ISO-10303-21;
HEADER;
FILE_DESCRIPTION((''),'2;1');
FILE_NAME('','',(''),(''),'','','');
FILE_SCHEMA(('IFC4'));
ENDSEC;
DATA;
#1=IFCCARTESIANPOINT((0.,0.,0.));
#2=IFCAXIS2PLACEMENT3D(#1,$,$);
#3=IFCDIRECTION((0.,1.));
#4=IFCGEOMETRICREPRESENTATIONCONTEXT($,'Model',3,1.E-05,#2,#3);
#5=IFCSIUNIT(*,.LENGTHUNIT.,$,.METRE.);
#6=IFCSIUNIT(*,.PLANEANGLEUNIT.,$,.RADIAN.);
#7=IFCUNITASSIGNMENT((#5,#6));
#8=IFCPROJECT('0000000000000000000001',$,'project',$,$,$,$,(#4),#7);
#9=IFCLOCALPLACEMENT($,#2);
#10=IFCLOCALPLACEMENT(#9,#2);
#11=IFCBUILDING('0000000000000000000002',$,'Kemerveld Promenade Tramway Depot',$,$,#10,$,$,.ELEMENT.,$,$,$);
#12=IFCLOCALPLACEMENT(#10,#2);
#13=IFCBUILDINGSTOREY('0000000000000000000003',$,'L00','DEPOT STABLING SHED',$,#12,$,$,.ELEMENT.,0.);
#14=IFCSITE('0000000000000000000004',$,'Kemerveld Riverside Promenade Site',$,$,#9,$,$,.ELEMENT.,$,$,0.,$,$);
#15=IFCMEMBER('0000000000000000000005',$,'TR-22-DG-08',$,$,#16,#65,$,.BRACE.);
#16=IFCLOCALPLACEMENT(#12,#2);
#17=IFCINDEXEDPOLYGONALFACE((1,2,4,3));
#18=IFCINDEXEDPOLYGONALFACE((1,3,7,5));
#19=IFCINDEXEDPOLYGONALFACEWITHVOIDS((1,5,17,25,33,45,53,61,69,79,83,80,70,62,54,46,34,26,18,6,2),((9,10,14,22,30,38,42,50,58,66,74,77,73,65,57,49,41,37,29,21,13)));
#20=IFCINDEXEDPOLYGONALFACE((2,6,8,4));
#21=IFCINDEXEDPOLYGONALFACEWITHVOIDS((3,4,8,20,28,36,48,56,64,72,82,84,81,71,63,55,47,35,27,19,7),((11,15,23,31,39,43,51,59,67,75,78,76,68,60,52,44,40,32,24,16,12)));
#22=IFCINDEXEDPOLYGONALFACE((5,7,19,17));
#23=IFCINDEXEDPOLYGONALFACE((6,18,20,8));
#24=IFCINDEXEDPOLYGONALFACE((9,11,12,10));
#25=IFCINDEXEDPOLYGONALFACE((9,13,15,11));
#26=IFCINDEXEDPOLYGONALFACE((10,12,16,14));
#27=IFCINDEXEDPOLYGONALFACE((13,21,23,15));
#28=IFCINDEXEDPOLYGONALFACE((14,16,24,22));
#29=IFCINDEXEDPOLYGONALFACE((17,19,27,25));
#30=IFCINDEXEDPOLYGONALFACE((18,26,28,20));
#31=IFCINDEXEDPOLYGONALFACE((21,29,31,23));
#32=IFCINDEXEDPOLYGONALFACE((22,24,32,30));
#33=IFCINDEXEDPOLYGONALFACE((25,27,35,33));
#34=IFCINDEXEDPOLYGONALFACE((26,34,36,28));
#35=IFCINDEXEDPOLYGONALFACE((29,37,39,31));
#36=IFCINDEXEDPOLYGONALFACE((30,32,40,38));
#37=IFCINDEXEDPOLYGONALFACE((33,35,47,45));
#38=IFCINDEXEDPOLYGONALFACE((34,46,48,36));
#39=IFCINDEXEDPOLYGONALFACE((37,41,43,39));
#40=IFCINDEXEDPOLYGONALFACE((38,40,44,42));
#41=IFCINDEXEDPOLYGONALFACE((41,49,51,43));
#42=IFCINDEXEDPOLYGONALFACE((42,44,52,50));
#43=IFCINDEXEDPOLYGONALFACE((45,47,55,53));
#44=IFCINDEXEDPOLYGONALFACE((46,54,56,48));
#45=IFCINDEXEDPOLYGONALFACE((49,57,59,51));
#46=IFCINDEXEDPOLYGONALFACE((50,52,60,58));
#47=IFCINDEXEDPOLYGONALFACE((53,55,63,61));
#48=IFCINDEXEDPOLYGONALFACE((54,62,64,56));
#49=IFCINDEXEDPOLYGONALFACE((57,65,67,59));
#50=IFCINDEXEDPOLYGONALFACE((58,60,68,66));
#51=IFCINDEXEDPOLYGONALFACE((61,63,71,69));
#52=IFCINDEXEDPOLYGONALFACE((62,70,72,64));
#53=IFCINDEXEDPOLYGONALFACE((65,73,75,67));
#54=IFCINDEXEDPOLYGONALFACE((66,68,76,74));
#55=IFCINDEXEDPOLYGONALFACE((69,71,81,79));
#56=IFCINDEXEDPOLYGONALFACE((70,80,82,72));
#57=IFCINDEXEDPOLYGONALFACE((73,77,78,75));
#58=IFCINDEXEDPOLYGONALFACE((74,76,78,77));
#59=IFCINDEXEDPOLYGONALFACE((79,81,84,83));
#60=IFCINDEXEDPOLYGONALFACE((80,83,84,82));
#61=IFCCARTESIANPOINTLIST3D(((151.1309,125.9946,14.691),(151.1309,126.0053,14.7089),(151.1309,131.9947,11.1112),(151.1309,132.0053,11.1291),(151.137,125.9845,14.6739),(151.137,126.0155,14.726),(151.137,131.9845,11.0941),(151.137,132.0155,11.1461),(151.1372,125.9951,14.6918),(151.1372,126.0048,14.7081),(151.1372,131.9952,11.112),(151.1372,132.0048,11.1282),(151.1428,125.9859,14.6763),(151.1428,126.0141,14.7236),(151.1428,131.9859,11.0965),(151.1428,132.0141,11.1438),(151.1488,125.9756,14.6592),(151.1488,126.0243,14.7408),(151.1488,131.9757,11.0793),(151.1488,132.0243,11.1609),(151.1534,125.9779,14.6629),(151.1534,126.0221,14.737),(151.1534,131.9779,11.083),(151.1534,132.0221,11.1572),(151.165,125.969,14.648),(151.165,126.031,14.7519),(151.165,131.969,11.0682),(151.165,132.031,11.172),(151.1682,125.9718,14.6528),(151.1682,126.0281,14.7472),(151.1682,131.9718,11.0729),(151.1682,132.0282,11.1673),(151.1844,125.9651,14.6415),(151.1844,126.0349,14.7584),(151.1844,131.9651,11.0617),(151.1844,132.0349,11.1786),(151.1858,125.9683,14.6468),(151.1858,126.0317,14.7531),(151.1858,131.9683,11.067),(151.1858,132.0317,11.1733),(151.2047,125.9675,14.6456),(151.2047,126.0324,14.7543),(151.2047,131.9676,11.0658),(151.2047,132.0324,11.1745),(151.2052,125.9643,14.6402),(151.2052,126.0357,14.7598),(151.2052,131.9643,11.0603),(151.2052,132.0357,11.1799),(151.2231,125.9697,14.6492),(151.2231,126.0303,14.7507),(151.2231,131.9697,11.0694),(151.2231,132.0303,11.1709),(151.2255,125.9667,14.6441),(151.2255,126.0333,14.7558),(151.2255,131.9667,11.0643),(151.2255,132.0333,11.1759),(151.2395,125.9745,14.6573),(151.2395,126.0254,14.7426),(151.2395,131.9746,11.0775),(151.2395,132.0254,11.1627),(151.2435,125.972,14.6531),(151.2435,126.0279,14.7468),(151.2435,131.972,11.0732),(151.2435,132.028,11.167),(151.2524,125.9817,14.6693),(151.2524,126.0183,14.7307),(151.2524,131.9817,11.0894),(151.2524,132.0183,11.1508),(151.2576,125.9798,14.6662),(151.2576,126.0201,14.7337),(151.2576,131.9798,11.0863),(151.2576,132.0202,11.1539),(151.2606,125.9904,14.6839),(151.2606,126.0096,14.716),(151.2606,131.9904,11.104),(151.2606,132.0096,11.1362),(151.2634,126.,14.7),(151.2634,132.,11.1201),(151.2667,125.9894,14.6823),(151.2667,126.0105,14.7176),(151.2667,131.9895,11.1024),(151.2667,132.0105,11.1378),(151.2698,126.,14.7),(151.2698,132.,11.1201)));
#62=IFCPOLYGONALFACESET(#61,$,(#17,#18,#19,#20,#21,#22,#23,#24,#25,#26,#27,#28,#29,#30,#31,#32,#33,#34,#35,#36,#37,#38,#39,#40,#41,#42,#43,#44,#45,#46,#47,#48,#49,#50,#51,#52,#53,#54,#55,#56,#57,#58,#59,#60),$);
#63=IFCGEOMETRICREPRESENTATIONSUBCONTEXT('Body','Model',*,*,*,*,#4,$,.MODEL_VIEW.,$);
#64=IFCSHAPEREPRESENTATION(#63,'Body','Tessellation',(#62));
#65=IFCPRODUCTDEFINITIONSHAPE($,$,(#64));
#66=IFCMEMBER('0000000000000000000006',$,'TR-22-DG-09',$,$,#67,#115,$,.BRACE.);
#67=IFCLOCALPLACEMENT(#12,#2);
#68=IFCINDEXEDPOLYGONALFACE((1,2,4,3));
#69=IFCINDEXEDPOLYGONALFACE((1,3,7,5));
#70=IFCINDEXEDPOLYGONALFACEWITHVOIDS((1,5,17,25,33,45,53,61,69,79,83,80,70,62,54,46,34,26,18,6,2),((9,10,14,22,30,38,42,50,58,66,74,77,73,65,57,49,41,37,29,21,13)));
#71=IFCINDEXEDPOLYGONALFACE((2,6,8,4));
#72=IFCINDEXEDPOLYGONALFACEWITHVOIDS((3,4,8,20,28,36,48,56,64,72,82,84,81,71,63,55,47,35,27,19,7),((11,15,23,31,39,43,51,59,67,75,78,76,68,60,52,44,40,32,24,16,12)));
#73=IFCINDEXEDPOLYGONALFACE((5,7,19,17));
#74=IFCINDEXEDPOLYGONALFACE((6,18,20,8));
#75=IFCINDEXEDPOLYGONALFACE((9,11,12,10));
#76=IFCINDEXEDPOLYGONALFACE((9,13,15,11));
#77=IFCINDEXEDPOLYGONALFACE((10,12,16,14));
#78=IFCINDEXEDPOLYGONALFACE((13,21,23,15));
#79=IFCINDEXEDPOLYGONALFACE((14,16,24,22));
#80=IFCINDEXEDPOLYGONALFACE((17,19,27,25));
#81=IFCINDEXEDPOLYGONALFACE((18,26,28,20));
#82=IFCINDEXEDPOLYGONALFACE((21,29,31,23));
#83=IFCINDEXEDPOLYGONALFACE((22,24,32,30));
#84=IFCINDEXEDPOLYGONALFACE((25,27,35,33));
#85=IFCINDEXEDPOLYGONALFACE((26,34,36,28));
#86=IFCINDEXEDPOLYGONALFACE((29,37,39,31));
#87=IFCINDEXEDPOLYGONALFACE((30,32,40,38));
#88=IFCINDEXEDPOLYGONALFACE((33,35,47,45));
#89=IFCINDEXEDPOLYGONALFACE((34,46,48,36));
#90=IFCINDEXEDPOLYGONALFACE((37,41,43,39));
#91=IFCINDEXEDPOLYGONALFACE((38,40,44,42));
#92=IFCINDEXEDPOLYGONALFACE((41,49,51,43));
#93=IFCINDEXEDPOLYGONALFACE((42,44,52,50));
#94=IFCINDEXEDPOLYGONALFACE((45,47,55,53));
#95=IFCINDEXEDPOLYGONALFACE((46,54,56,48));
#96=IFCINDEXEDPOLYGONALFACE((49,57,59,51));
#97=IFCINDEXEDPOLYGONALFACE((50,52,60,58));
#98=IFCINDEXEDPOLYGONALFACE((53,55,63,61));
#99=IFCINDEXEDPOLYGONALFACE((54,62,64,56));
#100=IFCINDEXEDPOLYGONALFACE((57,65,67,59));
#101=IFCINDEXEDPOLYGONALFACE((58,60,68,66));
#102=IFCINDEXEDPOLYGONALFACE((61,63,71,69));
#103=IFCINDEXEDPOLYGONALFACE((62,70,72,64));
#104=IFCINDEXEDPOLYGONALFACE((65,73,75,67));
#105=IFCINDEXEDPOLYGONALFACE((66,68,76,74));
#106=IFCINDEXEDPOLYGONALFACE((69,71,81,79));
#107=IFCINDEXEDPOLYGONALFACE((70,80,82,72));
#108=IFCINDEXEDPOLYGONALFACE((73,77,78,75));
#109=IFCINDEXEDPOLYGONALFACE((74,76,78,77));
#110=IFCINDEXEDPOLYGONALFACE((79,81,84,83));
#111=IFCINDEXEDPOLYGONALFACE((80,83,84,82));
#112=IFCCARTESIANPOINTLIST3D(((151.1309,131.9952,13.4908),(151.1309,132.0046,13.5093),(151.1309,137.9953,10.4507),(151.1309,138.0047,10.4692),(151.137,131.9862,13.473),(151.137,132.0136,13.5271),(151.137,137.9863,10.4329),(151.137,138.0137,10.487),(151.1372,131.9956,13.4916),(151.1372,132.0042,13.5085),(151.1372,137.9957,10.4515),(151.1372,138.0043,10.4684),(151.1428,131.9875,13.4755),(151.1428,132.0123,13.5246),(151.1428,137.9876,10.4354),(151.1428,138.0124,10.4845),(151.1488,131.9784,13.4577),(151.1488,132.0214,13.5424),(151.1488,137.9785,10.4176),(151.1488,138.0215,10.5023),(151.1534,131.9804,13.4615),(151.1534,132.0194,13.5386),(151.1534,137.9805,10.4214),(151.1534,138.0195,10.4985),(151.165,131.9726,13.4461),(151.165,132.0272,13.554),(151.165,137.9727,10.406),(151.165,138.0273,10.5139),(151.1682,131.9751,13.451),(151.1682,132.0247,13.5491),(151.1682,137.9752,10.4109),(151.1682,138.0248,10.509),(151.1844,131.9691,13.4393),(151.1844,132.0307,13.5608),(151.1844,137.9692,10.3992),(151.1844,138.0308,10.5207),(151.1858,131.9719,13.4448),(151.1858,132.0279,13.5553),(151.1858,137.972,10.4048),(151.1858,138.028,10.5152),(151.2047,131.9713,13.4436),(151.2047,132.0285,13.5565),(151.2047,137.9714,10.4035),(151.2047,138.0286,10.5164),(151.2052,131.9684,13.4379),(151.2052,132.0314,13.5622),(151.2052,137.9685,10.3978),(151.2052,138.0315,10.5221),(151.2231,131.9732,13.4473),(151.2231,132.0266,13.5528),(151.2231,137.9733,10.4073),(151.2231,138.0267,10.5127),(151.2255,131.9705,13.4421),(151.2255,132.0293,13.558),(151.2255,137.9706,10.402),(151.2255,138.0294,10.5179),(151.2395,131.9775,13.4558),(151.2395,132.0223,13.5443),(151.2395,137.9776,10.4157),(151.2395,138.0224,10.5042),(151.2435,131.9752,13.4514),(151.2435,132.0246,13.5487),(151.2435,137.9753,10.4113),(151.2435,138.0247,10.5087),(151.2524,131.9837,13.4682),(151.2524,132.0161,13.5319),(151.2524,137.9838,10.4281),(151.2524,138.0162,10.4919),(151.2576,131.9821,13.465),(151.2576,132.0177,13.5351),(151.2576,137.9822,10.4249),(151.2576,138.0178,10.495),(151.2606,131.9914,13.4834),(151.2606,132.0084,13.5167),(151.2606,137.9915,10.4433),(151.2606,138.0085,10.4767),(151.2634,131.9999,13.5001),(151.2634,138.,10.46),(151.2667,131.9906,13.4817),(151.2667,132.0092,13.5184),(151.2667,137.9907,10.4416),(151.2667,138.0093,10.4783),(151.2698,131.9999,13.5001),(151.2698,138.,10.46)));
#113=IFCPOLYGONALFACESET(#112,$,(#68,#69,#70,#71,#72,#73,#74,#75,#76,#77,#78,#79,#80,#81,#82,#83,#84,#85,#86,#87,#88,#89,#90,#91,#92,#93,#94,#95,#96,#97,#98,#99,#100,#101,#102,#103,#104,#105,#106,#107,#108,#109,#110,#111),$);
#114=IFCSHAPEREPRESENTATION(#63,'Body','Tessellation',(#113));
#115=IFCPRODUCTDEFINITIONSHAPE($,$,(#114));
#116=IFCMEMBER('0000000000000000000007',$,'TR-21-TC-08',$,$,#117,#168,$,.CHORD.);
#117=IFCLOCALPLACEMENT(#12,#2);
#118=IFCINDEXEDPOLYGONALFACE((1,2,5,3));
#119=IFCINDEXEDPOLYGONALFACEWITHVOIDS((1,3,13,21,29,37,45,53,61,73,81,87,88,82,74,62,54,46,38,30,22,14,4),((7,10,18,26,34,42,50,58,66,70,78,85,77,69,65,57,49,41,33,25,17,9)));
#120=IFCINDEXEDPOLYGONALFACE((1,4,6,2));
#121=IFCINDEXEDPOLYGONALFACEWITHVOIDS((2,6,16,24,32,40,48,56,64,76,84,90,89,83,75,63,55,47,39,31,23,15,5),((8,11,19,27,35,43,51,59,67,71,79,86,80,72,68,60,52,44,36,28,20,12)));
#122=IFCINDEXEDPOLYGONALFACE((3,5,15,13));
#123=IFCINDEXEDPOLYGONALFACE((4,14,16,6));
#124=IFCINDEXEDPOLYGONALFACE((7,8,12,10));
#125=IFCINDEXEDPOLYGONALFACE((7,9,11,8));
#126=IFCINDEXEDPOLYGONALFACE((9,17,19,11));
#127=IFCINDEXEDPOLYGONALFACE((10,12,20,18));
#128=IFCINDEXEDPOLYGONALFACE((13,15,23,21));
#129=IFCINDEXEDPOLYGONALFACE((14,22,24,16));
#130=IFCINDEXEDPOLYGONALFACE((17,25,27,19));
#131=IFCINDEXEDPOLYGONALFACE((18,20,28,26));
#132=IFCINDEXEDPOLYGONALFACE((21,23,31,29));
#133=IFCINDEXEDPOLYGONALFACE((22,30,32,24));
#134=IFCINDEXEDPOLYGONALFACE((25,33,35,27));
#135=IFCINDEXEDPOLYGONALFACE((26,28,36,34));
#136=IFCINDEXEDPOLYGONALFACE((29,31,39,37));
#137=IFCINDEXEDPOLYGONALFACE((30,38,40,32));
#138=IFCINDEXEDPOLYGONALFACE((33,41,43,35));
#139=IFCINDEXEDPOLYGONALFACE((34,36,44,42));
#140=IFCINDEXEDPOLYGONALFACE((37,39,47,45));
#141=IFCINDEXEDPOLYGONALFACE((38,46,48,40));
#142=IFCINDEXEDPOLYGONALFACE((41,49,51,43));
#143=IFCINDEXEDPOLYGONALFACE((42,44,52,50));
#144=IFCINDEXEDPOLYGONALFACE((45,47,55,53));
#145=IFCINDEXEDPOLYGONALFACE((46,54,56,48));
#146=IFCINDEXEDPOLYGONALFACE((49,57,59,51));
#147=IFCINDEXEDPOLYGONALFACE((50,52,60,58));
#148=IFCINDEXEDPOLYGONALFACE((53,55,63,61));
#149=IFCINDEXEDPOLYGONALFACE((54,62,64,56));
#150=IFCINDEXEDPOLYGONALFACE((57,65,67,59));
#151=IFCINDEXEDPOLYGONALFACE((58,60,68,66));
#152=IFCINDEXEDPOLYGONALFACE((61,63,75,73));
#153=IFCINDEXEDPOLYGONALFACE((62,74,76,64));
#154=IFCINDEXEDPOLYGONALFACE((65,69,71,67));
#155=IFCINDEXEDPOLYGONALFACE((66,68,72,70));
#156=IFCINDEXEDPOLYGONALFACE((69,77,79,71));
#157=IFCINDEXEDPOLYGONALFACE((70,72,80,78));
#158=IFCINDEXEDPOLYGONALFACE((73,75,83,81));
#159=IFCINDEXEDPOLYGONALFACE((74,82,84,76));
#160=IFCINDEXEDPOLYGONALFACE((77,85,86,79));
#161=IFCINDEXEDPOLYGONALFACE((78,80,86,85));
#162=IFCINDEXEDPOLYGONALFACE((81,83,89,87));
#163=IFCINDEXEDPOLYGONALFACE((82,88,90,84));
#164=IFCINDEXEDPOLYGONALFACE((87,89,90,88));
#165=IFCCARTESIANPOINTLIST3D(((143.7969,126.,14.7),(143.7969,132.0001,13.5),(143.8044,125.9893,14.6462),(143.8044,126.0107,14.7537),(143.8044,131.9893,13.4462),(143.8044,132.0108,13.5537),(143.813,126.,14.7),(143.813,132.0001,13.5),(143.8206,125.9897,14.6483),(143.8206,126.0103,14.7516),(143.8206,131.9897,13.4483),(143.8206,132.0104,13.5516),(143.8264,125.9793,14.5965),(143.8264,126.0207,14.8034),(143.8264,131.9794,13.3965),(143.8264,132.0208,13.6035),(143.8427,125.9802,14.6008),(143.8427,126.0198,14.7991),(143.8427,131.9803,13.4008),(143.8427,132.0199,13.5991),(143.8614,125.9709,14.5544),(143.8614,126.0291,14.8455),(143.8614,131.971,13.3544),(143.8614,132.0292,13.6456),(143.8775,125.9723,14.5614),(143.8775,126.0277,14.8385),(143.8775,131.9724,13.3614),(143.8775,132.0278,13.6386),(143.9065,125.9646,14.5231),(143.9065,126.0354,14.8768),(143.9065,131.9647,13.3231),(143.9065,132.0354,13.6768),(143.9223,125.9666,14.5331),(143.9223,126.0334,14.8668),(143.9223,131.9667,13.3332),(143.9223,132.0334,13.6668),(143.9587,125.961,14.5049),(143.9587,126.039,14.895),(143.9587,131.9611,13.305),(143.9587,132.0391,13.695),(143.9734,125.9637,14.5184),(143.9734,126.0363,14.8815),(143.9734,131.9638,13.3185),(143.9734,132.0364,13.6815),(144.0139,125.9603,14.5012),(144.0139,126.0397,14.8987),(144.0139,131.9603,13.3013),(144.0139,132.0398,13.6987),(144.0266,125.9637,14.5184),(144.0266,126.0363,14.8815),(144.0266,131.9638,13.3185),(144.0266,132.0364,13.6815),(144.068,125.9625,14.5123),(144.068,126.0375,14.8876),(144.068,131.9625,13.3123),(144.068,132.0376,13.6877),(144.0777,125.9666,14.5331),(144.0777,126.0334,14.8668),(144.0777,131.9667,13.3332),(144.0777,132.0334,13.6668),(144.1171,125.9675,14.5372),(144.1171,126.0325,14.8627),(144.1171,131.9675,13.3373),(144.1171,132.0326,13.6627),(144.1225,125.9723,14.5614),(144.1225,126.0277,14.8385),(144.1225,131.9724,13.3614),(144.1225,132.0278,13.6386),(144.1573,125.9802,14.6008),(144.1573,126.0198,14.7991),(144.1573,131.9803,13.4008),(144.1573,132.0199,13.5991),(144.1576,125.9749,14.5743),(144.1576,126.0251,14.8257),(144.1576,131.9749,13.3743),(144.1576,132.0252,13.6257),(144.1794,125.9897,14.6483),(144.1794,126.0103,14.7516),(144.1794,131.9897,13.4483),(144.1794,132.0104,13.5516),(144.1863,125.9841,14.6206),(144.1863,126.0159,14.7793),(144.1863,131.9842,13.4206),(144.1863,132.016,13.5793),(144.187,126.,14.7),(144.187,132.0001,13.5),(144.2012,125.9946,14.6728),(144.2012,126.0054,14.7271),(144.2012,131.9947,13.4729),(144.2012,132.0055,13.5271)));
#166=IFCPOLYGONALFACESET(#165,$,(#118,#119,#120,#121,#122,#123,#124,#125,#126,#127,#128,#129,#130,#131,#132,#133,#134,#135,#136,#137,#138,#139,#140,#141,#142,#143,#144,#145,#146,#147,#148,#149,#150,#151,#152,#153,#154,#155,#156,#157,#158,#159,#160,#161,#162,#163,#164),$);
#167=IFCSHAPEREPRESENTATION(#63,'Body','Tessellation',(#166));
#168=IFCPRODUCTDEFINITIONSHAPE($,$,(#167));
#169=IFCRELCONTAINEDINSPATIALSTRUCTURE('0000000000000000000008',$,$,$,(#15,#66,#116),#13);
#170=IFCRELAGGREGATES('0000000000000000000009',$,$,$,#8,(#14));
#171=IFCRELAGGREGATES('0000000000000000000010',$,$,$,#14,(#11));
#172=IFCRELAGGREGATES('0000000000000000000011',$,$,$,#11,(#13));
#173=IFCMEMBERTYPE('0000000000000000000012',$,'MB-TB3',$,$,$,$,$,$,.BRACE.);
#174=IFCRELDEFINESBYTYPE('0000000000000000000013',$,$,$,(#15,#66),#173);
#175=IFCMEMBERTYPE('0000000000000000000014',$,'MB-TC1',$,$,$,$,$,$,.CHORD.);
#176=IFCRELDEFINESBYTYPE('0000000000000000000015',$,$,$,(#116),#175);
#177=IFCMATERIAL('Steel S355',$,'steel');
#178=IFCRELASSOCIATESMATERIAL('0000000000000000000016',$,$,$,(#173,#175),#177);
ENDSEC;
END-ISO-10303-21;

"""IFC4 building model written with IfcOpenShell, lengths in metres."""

from ifc_helpers import new_model, si_unit, direction, frame, origin, origin_2d, place, context, subcontext, project, spatial, hollow_circle, extrude, material, material_profile, profile_set, type_object, element, save


model = new_model("IFC4")

# Units and contexts
model_context = context("Model", 3, precision=1e-05, world=origin(), true_north=direction((0.0, 1.0)))
body_context = subcontext(model_context, "Body", "Model", "MODEL_VIEW")
ifc_project = project(units=[si_unit("LENGTHUNIT", "METRE"), si_unit("PLANEANGLEUNIT", "RADIAN")], contexts=[model_context])

# Site, building, storey
site_placement = place(None, origin())
site = spatial("IfcSite", under=ifc_project, at=site_placement, Name="Kemerveld Riverside Promenade Site", CompositionType="ELEMENT", RefElevation=0.0)
building_placement = place(site_placement, origin())
building = spatial("IfcBuilding", under=site, at=building_placement, Name="Kemerveld Promenade Tramway Depot", CompositionType="ELEMENT")
storey_placement = place(building_placement, origin())
storey = spatial("IfcBuildingStorey", under=building, at=storey_placement, Name="L00", Description="DEPOT STABLING SHED", CompositionType="ELEMENT", Elevation=0.0)

# Members
ifc_material = material(Name="Steel S355", Category="steel")
ifc_material_profile_1 = material_profile(ifc_material, hollow_circle(Radius=0.0698, WallThickness=0.0063, at=origin_2d()), Name="139.7x6.3 CHS")
ifc_profile_set_1 = profile_set([ifc_material_profile_1], Name="Steel S355")
member_type_1 = type_object("IfcMemberType", Name="MB-TB3", PredefinedType="BRACE", material=ifc_profile_set_1)
member_1_placement = place(storey_placement, frame((151.2, 132.0, 11.1201), z_axis=(0.0, -0.858764, 0.512372), x_axis=(1.0, 0.0, 0.0)))
element("IfcMember", 1, at=member_1_placement, inside=storey, type_object=member_type_1, Name="TR-22-DG-08", PredefinedType="BRACE", context=body_context, shape_type="SweptSolid", body=[
    extrude(hollow_circle(Radius=0.0698, WallThickness=0.0063, at=origin_2d()), origin(), (0.0, 0.0, 1.0), 6.9868),
])
member_2_placement = place(storey_placement, frame((151.2, 138.0, 10.46), z_axis=(0.0, -0.892033, 0.451969), x_axis=(1.0, 0.0, 0.0)))
element("IfcMember", 2, at=member_2_placement, inside=storey, type_object=member_type_1, Name="TR-22-DG-09", PredefinedType="BRACE", context=body_context, shape_type="SweptSolid", body=[
    extrude(hollow_circle(Radius=0.0698, WallThickness=0.0063, at=origin_2d()), origin(), (0.0, 0.0, 1.0), 6.7263),
])
ifc_material_profile_2 = material_profile(ifc_material, hollow_circle(Radius=0.2031, WallThickness=0.0161, at=origin_2d()), Name="406.4x16.0 CHS")
ifc_profile_set_2 = profile_set([ifc_material_profile_2], Name="Steel S355")
member_type_2 = type_object("IfcMemberType", Name="MB-TC1", PredefinedType="CHORD", material=ifc_profile_set_2)
for number, where, z_axis, x_axis, name in (
    (3, (144.0, 126.0, 14.7), (0.0, 0.980582, -0.196108), (-1.0, 0.0, 0.0), "TR-21-TC-08"),
):
    element("IfcMember", number, at=place(storey_placement, frame(where, z_axis=z_axis, x_axis=x_axis)), inside=storey, type_object=member_type_2, Name=name, PredefinedType="CHORD", context=body_context, shape_type="SweptSolid", body=[
        extrude(hollow_circle(Radius=0.2031, WallThickness=0.0161, at=origin_2d()), origin(), (0.0, 0.0, 1.0), 6.1189),
    ])

save(model, "model.ifc")
